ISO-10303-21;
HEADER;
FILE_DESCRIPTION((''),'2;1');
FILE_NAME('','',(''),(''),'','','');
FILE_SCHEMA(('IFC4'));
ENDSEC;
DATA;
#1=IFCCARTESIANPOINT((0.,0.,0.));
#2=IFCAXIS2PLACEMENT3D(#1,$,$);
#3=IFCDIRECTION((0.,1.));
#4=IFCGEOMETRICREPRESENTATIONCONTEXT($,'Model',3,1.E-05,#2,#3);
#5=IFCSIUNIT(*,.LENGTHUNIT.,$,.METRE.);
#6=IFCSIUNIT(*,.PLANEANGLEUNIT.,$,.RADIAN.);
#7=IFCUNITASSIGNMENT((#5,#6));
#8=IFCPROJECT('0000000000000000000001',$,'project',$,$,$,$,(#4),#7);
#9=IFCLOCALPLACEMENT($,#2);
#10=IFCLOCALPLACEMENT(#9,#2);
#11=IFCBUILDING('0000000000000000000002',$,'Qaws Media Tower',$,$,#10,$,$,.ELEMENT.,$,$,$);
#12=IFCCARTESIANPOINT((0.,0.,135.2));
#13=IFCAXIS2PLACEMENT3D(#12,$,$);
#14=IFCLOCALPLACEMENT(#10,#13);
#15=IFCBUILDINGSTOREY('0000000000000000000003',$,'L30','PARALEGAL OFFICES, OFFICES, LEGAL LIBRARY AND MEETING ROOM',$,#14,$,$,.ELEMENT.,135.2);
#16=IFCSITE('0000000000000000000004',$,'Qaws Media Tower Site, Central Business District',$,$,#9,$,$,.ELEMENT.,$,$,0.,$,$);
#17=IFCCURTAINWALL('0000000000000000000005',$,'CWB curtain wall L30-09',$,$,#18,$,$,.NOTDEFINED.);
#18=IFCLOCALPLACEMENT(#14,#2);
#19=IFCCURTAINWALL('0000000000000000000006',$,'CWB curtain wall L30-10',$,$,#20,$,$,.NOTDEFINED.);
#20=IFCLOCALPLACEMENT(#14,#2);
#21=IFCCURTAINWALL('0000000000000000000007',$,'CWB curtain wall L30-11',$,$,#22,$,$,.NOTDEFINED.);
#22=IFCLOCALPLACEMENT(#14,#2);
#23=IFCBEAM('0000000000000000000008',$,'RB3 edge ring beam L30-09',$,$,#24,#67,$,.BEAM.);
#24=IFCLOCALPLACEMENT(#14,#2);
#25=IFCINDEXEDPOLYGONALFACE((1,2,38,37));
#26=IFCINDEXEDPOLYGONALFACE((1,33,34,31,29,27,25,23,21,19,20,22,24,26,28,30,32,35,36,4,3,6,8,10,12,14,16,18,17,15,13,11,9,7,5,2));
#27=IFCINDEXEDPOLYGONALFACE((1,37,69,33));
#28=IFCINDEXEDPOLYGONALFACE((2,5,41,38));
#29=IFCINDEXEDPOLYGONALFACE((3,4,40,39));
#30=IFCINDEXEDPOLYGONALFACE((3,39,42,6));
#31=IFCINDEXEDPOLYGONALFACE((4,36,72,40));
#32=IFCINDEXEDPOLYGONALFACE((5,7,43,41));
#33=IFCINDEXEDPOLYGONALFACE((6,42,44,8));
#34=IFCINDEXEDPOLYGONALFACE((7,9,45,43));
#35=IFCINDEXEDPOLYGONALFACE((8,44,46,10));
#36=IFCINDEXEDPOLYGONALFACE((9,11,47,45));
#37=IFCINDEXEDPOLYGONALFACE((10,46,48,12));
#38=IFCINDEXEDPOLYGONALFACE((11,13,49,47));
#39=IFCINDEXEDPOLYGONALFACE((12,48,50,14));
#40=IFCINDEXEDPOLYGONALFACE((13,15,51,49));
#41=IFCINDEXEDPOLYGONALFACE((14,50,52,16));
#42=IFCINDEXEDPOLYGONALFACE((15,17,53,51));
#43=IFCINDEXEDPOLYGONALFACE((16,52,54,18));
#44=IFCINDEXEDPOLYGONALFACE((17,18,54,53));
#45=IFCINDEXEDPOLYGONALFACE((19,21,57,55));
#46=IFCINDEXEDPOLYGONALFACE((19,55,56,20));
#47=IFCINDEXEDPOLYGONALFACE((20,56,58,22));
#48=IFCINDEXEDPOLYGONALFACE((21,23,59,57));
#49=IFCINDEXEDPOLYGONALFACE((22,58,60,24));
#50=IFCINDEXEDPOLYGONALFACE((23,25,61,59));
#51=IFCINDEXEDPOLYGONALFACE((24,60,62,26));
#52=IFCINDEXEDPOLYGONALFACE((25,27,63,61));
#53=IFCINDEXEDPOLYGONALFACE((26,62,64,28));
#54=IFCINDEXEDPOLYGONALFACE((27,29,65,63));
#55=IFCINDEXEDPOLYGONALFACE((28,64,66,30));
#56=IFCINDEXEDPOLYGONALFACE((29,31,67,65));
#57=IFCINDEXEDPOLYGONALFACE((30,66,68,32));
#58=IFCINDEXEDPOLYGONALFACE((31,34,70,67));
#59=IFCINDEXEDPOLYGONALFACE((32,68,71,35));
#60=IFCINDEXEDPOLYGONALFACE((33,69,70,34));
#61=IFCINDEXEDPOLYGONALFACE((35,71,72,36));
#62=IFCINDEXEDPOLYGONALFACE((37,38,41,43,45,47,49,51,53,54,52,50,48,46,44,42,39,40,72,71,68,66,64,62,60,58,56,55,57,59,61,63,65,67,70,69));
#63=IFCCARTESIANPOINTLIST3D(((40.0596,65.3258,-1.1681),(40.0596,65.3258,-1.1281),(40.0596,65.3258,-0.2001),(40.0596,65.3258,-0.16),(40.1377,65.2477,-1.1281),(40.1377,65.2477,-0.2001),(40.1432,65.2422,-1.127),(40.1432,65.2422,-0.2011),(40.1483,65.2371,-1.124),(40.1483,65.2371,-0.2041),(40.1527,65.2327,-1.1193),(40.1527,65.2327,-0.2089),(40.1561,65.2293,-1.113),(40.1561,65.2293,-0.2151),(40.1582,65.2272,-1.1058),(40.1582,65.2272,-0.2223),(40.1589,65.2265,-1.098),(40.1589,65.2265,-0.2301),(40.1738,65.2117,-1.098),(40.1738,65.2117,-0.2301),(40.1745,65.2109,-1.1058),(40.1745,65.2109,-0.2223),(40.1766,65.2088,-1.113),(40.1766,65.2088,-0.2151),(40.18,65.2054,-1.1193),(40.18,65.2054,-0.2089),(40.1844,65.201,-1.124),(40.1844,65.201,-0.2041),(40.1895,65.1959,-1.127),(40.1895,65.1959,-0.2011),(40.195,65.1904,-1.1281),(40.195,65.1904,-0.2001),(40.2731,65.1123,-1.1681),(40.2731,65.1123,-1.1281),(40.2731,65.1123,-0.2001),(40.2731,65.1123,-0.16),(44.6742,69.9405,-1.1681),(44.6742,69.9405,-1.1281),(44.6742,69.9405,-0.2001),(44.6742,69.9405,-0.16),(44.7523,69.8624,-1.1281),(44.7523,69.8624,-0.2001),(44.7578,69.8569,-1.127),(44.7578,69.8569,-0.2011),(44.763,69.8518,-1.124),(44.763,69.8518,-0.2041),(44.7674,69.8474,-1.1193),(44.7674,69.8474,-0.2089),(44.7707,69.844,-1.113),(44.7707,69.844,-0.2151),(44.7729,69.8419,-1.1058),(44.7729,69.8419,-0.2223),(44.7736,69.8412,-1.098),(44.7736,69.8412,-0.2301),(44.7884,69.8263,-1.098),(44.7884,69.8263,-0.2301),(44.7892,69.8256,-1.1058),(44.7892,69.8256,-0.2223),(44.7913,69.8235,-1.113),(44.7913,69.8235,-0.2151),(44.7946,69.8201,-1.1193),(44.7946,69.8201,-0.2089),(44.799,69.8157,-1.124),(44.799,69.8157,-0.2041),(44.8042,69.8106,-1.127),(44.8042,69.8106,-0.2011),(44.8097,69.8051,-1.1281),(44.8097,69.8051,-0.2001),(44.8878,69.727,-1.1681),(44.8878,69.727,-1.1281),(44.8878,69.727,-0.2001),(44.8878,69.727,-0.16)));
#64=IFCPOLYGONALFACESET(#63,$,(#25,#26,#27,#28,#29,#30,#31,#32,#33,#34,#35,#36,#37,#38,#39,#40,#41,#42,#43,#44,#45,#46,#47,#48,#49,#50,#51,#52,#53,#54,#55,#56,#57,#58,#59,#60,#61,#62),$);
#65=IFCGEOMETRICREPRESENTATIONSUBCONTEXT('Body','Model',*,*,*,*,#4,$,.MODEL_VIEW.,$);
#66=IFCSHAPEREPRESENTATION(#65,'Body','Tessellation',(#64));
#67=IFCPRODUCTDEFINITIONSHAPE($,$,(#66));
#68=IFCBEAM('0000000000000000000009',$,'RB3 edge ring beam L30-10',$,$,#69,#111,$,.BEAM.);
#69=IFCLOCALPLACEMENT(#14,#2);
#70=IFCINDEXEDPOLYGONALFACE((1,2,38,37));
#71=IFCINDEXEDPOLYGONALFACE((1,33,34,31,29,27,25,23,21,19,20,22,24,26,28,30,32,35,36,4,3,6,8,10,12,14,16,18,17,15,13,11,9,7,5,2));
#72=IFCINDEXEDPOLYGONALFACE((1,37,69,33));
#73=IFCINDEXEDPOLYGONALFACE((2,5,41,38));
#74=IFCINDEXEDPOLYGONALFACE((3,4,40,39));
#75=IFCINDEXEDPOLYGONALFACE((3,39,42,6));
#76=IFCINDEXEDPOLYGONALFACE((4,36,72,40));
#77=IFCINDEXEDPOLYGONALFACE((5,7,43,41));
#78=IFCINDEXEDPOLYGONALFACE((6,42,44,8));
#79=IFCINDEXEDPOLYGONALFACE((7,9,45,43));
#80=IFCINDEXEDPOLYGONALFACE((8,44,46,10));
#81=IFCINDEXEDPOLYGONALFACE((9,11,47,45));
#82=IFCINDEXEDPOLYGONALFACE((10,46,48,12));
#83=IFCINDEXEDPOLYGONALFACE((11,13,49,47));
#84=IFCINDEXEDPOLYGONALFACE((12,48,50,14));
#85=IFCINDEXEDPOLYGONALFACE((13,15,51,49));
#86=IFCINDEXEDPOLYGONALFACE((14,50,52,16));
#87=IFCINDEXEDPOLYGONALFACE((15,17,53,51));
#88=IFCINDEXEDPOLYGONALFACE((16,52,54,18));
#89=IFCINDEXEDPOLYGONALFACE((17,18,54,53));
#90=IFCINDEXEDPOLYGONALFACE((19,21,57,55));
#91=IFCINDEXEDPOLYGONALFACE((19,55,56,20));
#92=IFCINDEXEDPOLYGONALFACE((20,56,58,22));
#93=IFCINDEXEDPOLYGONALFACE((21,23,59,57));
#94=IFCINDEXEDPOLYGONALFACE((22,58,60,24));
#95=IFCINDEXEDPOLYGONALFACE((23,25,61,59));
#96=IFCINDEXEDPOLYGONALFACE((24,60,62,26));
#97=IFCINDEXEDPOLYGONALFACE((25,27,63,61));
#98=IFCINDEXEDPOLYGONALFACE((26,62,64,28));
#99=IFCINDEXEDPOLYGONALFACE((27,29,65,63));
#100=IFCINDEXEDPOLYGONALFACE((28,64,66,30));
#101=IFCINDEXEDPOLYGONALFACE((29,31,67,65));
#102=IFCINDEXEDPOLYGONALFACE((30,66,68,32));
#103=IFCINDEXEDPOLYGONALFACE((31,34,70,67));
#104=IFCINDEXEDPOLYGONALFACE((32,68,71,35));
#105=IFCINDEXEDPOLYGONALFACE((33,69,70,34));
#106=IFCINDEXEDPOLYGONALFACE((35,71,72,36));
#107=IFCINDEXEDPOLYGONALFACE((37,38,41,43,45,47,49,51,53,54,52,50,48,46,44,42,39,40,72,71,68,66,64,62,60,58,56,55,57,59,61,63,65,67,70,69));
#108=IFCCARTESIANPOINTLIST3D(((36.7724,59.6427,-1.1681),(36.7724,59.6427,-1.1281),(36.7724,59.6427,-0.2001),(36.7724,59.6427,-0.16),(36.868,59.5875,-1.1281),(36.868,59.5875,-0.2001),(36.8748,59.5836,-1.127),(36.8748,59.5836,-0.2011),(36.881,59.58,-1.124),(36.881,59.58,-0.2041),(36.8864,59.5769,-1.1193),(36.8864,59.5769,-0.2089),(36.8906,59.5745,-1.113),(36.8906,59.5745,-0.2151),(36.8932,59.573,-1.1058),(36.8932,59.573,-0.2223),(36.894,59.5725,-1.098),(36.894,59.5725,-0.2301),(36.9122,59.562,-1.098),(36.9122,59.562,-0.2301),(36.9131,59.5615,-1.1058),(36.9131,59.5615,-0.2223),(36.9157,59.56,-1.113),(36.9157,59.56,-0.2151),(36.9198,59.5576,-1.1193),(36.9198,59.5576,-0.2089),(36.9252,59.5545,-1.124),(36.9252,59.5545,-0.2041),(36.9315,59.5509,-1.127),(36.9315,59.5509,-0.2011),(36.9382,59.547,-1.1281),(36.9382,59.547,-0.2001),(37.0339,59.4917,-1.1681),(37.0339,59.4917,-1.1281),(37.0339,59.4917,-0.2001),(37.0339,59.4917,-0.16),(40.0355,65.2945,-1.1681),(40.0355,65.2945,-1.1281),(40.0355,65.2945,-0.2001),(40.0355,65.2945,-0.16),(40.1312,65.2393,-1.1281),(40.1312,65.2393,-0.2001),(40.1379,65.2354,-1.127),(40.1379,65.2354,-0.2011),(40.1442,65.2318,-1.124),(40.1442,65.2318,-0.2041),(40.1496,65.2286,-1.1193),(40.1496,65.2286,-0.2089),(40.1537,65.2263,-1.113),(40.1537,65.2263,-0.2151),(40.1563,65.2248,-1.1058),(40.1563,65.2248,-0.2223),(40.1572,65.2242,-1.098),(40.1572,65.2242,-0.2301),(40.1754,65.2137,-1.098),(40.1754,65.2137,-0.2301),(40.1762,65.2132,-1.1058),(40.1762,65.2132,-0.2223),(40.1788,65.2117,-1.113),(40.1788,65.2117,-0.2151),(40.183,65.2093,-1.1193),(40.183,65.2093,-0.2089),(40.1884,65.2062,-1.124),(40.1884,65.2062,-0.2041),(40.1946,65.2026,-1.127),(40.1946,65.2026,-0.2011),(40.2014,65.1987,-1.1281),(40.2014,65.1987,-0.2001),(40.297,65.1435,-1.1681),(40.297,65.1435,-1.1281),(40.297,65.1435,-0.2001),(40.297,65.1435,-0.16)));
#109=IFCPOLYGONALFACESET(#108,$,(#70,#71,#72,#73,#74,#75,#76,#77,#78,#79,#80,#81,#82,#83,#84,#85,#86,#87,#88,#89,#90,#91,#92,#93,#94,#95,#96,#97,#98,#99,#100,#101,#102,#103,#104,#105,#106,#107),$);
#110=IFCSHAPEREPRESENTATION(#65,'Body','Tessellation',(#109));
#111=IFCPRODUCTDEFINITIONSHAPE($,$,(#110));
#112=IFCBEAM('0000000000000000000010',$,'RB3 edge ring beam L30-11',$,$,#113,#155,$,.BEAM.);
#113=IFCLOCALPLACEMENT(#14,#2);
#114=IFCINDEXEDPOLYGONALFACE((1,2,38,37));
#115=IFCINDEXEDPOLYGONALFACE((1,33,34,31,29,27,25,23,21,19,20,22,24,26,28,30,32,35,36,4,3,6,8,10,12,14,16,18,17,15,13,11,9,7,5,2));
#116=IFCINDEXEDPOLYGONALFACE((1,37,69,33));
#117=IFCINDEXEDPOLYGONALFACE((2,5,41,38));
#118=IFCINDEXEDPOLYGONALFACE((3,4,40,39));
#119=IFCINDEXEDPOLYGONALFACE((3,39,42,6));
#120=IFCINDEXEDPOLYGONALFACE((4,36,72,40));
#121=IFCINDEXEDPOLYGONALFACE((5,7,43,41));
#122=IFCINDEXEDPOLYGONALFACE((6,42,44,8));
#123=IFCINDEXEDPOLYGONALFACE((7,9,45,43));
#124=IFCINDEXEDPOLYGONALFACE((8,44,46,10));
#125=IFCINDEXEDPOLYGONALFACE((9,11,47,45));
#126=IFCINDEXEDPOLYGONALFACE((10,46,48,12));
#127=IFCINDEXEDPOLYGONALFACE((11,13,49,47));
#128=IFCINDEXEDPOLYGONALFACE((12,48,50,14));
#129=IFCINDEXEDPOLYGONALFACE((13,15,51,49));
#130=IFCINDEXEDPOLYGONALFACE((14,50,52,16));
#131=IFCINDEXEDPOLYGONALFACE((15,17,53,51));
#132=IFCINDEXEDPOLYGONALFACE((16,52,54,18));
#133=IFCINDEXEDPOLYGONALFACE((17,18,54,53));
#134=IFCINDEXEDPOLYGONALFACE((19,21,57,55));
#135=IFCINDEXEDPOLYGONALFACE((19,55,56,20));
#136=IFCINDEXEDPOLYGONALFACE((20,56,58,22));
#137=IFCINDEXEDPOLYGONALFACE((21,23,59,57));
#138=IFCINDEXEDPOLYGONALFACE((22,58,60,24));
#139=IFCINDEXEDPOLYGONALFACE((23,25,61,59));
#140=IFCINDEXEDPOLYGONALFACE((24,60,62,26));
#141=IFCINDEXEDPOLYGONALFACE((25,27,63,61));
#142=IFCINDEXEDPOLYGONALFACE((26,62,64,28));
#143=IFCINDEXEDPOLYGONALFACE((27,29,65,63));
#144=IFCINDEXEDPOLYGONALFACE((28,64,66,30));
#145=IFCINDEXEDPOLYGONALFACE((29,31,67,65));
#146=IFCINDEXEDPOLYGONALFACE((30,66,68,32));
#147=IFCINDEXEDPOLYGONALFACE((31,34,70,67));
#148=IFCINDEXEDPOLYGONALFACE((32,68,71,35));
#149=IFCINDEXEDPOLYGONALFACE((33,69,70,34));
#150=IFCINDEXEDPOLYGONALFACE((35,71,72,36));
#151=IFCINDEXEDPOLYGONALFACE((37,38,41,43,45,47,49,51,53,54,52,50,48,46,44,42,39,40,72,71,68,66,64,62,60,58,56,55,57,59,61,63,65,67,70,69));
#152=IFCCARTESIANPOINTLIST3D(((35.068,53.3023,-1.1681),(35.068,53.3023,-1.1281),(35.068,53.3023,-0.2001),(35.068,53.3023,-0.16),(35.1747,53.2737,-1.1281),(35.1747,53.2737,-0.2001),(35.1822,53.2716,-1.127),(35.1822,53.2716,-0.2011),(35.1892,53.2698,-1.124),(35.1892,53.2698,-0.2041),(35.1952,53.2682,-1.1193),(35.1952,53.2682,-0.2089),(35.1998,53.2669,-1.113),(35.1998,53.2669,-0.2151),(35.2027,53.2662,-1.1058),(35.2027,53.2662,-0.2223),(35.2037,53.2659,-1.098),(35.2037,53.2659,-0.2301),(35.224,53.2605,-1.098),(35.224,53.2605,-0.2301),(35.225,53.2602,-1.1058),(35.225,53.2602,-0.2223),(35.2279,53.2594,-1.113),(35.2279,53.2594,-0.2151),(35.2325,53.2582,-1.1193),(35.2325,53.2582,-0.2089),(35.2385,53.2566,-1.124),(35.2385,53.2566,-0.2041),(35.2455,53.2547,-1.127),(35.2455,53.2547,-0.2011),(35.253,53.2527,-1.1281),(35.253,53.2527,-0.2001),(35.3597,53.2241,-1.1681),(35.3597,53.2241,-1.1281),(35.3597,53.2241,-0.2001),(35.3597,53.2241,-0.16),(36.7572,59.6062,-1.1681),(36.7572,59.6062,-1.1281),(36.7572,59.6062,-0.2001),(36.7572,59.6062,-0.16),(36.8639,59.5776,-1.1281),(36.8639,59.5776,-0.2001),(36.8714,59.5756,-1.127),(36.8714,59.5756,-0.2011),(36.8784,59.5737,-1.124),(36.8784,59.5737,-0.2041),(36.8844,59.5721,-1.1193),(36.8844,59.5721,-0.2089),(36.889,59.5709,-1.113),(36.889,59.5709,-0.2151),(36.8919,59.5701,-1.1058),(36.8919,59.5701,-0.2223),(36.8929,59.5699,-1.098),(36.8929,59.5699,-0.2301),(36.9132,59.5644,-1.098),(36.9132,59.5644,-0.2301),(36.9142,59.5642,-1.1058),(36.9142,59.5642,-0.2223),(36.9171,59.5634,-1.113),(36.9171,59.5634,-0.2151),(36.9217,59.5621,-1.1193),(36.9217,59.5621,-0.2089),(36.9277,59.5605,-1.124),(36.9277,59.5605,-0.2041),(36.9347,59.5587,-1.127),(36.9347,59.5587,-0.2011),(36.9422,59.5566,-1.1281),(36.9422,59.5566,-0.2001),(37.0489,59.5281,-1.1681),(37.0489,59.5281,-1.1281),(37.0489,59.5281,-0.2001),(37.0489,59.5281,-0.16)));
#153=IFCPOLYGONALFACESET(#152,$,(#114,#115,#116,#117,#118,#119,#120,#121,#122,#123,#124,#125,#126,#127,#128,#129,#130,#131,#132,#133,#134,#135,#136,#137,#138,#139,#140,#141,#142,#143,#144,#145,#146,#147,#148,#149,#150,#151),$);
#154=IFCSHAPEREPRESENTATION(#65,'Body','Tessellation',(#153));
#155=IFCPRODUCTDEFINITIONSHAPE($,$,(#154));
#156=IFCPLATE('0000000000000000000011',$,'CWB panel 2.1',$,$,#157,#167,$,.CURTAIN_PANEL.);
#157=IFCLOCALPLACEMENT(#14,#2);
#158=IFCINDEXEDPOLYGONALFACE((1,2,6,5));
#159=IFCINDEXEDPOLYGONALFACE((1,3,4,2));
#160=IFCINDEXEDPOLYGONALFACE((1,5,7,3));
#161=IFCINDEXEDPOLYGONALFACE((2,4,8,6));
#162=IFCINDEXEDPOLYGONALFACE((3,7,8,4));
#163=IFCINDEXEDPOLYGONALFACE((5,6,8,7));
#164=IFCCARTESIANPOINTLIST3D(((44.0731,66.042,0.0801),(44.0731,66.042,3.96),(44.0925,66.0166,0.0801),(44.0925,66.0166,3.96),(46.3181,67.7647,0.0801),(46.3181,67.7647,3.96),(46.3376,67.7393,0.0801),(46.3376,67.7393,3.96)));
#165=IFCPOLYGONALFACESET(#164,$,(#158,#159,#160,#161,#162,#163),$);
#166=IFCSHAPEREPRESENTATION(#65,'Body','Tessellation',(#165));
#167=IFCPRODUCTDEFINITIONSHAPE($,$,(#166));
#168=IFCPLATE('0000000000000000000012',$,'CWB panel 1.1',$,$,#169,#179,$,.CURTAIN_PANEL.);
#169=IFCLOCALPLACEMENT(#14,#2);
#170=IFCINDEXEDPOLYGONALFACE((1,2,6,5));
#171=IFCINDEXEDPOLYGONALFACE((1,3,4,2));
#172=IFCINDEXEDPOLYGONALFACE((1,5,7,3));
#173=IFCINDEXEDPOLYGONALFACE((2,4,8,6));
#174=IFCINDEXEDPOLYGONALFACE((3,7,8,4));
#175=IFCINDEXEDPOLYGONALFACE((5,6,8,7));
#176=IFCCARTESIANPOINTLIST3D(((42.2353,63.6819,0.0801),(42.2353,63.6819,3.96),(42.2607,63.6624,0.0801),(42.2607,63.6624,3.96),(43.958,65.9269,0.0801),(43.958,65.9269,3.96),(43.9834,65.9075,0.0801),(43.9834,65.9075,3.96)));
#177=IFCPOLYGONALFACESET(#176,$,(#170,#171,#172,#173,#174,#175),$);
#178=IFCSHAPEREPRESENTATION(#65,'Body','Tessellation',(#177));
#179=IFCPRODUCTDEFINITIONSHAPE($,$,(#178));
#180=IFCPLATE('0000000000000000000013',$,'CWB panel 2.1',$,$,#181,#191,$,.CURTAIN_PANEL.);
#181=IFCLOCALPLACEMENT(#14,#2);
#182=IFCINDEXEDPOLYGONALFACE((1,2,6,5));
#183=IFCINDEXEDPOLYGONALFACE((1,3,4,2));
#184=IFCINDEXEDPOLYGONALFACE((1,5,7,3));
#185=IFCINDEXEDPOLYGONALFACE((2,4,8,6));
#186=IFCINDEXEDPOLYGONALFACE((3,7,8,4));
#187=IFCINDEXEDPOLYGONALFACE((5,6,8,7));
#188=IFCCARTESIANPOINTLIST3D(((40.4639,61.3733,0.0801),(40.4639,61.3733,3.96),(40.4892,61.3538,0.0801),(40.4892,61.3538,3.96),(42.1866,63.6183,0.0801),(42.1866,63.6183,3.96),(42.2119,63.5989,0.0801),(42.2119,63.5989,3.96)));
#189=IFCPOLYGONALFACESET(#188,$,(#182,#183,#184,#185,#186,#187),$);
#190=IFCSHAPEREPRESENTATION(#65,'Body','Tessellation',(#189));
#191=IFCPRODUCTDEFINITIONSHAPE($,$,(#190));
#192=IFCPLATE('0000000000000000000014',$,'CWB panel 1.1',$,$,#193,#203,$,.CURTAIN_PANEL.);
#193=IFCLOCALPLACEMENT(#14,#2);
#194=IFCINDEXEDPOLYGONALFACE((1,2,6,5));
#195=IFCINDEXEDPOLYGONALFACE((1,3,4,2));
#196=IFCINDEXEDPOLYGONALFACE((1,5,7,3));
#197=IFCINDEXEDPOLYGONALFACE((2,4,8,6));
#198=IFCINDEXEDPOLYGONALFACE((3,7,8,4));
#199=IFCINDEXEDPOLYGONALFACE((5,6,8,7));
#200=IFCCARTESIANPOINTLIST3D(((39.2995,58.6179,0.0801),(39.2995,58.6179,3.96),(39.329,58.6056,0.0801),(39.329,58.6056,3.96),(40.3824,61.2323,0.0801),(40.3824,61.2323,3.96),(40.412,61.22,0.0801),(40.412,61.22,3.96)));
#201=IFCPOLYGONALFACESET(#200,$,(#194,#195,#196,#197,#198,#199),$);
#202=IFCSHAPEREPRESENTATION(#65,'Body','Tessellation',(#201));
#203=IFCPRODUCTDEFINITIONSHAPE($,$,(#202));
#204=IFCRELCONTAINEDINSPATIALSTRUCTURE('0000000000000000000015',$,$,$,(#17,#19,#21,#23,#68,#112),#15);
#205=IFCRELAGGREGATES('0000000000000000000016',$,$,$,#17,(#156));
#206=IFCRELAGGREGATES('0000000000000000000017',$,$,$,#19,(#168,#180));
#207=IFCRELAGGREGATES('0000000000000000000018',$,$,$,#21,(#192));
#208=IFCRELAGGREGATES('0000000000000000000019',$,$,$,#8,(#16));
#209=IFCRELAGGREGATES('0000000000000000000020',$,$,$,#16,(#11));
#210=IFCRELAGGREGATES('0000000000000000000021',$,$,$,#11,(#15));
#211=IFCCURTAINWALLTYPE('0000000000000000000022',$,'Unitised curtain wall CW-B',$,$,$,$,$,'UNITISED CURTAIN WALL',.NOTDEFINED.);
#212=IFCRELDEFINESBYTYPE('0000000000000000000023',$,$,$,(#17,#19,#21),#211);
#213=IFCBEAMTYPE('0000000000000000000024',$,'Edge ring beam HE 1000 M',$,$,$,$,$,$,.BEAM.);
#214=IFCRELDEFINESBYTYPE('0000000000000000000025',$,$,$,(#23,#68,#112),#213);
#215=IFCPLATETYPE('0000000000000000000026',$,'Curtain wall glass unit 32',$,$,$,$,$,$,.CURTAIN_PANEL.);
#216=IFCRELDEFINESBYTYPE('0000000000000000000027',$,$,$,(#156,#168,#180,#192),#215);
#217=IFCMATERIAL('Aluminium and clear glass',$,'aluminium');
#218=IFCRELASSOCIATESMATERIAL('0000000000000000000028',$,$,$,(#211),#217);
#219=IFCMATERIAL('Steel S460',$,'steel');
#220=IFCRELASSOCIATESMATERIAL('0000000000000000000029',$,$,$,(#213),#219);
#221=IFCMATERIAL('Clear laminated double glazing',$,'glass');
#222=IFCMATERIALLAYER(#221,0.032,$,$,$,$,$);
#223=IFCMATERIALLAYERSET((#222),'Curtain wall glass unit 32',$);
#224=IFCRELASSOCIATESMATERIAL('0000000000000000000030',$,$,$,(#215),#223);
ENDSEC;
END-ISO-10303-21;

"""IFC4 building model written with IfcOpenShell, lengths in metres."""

from ifc_helpers import new_model, si_unit, direction, frame, origin, origin_2d, place, context, subcontext, project, spatial, rectangle, i_section, extrude, material, layer, layer_set, material_profile, profile_set, type_object, element, aggregate, save


model = new_model("IFC4")

# Units and contexts
model_context = context("Model", 3, precision=1e-05, world=origin(), true_north=direction((0.0, 1.0)))
body_context = subcontext(model_context, "Body", "Model", "MODEL_VIEW")
ifc_project = project(units=[si_unit("LENGTHUNIT", "METRE"), si_unit("PLANEANGLEUNIT", "RADIAN")], contexts=[model_context])

# Site, building, storey
site_placement = place(None, origin())
site = spatial("IfcSite", under=ifc_project, at=site_placement, Name="Qaws Media Tower Site, Central Business District", CompositionType="ELEMENT", RefElevation=0.0)
building_placement = place(site_placement, origin())
building = spatial("IfcBuilding", under=site, at=building_placement, Name="Qaws Media Tower", CompositionType="ELEMENT")
storey_placement = place(building_placement, frame((0.0, 0.0, 135.2)))
storey = spatial("IfcBuildingStorey", under=building, at=storey_placement, Name="L30", Description="PARALEGAL OFFICES, OFFICES, LEGAL LIBRARY AND MEETING ROOM", CompositionType="ELEMENT", Elevation=135.2)

# Curtain wall
ifc_material_1 = material(Name="Aluminium and clear glass", Category="aluminium")
curtain_wall_type = type_object("IfcCurtainWallType", Name="Unitised curtain wall CW-B", ElementType="UNITISED CURTAIN WALL", PredefinedType="NOTDEFINED", material=ifc_material_1)
curtain_wall_1_placement = place(storey_placement, origin())
curtain_wall_1 = element("IfcCurtainWall", 1, at=curtain_wall_1_placement, inside=storey, type_object=curtain_wall_type, Name="CWB curtain wall L30-09", PredefinedType="NOTDEFINED")

# Curtain walls
curtain_wall_2_placement = place(storey_placement, origin())
curtain_wall_2 = element("IfcCurtainWall", 2, at=curtain_wall_2_placement, inside=storey, type_object=curtain_wall_type, Name="CWB curtain wall L30-10", PredefinedType="NOTDEFINED")
curtain_wall_3_placement = place(storey_placement, origin())
curtain_wall_3 = element("IfcCurtainWall", 3, at=curtain_wall_3_placement, inside=storey, type_object=curtain_wall_type, Name="CWB curtain wall L30-11", PredefinedType="NOTDEFINED")

# Beams
ifc_material_2 = material(Name="Steel S460", Category="steel")
ifc_material_profile_1 = material_profile(ifc_material_2, i_section(OverallWidth=0.302, OverallDepth=1.0081, WebThickness=0.021, FlangeThickness=0.04, FilletRadius=0.03, at=origin_2d()), Name="HE 1000 M")
ifc_profile_set_1 = profile_set([ifc_material_profile_1], Name="Steel S460")
beam_type = type_object("IfcBeamType", Name="Edge ring beam HE 1000 M", PredefinedType="BEAM", material=ifc_profile_set_1)
for number, where, z_axis, x_axis, name in (
    (4, (44.781, 69.8337, -0.6641), (-0.707107, -0.707107, 0.0), (0.707107, -0.707107, 0.0), "RB3 edge ring beam L30-09"),
    (5, (40.1663, 65.219, -0.6641), (-0.50001, -0.86602, 0.0), (0.86602, -0.50001, 0.0), "RB3 edge ring beam L30-10"),
):
    element("IfcBeam", number, at=place(storey_placement, frame(where, z_axis=z_axis, x_axis=x_axis)), inside=storey, type_object=beam_type, Name=name, PredefinedType="BEAM", context=body_context, shape_type="SweptSolid", body=[
        extrude(i_section(OverallWidth=0.302, OverallDepth=1.0081, WebThickness=0.021, FlangeThickness=0.04, FilletRadius=0.03, at=origin_2d()), origin(), (0.0, 0.0, 1.0), 6.5261),
    ])
beam_placement = place(storey_placement, frame((36.9031, 59.5671, -0.6641), z_axis=(-0.258829, -0.965923, 0.0), x_axis=(0.965923, -0.258829, 0.0)))
element("IfcBeam", 6, at=beam_placement, inside=storey, type_object=beam_type, Name="RB3 edge ring beam L30-11", PredefinedType="BEAM", context=body_context, shape_type="SweptSolid", body=[
    extrude(i_section(OverallWidth=0.302, OverallDepth=1.0081, WebThickness=0.021, FlangeThickness=0.04, FilletRadius=0.03, at=origin_2d()), origin(), (0.0, 0.0, 1.0), 6.5264),
])

# Plates
ifc_material_3 = material(Name="Clear laminated double glazing", Category="glass")
ifc_layer_1 = layer(ifc_material_3, 0.032)
ifc_layer_set_1 = layer_set([ifc_layer_1], Name="Curtain wall glass unit 32")
plate_type_1 = type_object("IfcPlateType", Name="Curtain wall glass unit 32", PredefinedType="CURTAIN_PANEL", material=ifc_layer_set_1)
plate_1_placement = place(storey_placement, frame((45.2053, 66.8906, 0.0801), z_axis=(0.0, 0.0, 1.0), x_axis=(-0.793353, -0.608761, 0.0)))
plate_1 = element("IfcPlate", 7, at=plate_1_placement, type_object=plate_type_1, Name="CWB panel 2.1", PredefinedType="CURTAIN_PANEL", context=body_context, shape_type="SweptSolid", body=[
    extrude(rectangle(XDim=2.8298, YDim=0.032, at=origin_2d()), origin(), (0.0, 0.0, 1.0), 3.8799),
])
aggregate(curtain_wall_1, [plate_1])
plate_2_placement = place(storey_placement, frame((43.1094, 64.7947, 0.0801), z_axis=(0.0, 0.0, 1.0), x_axis=(-0.608761, -0.793353, 0.0)))
plate_2 = element("IfcPlate", 8, at=plate_2_placement, type_object=plate_type_1, Name="CWB panel 1.1", PredefinedType="CURTAIN_PANEL", context=body_context, shape_type="SweptSolid", body=[
    extrude(rectangle(XDim=2.8298, YDim=0.032, at=origin_2d()), origin(), (0.0, 0.0, 1.0), 3.8799),
])
plate_3_placement = place(storey_placement, frame((41.3379, 62.4861, 0.0801), z_axis=(0.0, 0.0, 1.0), x_axis=(-0.608761, -0.793353, 0.0)))
plate_3 = element("IfcPlate", 9, at=plate_3_placement, type_object=plate_type_1, Name="CWB panel 2.1", PredefinedType="CURTAIN_PANEL", context=body_context, shape_type="SweptSolid", body=[
    extrude(rectangle(XDim=2.8298, YDim=0.032, at=origin_2d()), origin(), (0.0, 0.0, 1.0), 3.8799),
])
aggregate(curtain_wall_2, [plate_2, plate_3])
plate_4_placement = place(storey_placement, frame((39.8557, 59.9189, 0.0801), z_axis=(0.0, 0.0, 1.0), x_axis=(-0.382683, -0.92388, 0.0)))
plate_4 = element("IfcPlate", 10, at=plate_4_placement, type_object=plate_type_1, Name="CWB panel 1.1", PredefinedType="CURTAIN_PANEL", context=body_context, shape_type="SweptSolid", body=[
    extrude(rectangle(XDim=2.8298, YDim=0.032, at=origin_2d()), origin(), (0.0, 0.0, 1.0), 3.8799),
])
aggregate(curtain_wall_3, [plate_4])

save(model, "model.ifc")
